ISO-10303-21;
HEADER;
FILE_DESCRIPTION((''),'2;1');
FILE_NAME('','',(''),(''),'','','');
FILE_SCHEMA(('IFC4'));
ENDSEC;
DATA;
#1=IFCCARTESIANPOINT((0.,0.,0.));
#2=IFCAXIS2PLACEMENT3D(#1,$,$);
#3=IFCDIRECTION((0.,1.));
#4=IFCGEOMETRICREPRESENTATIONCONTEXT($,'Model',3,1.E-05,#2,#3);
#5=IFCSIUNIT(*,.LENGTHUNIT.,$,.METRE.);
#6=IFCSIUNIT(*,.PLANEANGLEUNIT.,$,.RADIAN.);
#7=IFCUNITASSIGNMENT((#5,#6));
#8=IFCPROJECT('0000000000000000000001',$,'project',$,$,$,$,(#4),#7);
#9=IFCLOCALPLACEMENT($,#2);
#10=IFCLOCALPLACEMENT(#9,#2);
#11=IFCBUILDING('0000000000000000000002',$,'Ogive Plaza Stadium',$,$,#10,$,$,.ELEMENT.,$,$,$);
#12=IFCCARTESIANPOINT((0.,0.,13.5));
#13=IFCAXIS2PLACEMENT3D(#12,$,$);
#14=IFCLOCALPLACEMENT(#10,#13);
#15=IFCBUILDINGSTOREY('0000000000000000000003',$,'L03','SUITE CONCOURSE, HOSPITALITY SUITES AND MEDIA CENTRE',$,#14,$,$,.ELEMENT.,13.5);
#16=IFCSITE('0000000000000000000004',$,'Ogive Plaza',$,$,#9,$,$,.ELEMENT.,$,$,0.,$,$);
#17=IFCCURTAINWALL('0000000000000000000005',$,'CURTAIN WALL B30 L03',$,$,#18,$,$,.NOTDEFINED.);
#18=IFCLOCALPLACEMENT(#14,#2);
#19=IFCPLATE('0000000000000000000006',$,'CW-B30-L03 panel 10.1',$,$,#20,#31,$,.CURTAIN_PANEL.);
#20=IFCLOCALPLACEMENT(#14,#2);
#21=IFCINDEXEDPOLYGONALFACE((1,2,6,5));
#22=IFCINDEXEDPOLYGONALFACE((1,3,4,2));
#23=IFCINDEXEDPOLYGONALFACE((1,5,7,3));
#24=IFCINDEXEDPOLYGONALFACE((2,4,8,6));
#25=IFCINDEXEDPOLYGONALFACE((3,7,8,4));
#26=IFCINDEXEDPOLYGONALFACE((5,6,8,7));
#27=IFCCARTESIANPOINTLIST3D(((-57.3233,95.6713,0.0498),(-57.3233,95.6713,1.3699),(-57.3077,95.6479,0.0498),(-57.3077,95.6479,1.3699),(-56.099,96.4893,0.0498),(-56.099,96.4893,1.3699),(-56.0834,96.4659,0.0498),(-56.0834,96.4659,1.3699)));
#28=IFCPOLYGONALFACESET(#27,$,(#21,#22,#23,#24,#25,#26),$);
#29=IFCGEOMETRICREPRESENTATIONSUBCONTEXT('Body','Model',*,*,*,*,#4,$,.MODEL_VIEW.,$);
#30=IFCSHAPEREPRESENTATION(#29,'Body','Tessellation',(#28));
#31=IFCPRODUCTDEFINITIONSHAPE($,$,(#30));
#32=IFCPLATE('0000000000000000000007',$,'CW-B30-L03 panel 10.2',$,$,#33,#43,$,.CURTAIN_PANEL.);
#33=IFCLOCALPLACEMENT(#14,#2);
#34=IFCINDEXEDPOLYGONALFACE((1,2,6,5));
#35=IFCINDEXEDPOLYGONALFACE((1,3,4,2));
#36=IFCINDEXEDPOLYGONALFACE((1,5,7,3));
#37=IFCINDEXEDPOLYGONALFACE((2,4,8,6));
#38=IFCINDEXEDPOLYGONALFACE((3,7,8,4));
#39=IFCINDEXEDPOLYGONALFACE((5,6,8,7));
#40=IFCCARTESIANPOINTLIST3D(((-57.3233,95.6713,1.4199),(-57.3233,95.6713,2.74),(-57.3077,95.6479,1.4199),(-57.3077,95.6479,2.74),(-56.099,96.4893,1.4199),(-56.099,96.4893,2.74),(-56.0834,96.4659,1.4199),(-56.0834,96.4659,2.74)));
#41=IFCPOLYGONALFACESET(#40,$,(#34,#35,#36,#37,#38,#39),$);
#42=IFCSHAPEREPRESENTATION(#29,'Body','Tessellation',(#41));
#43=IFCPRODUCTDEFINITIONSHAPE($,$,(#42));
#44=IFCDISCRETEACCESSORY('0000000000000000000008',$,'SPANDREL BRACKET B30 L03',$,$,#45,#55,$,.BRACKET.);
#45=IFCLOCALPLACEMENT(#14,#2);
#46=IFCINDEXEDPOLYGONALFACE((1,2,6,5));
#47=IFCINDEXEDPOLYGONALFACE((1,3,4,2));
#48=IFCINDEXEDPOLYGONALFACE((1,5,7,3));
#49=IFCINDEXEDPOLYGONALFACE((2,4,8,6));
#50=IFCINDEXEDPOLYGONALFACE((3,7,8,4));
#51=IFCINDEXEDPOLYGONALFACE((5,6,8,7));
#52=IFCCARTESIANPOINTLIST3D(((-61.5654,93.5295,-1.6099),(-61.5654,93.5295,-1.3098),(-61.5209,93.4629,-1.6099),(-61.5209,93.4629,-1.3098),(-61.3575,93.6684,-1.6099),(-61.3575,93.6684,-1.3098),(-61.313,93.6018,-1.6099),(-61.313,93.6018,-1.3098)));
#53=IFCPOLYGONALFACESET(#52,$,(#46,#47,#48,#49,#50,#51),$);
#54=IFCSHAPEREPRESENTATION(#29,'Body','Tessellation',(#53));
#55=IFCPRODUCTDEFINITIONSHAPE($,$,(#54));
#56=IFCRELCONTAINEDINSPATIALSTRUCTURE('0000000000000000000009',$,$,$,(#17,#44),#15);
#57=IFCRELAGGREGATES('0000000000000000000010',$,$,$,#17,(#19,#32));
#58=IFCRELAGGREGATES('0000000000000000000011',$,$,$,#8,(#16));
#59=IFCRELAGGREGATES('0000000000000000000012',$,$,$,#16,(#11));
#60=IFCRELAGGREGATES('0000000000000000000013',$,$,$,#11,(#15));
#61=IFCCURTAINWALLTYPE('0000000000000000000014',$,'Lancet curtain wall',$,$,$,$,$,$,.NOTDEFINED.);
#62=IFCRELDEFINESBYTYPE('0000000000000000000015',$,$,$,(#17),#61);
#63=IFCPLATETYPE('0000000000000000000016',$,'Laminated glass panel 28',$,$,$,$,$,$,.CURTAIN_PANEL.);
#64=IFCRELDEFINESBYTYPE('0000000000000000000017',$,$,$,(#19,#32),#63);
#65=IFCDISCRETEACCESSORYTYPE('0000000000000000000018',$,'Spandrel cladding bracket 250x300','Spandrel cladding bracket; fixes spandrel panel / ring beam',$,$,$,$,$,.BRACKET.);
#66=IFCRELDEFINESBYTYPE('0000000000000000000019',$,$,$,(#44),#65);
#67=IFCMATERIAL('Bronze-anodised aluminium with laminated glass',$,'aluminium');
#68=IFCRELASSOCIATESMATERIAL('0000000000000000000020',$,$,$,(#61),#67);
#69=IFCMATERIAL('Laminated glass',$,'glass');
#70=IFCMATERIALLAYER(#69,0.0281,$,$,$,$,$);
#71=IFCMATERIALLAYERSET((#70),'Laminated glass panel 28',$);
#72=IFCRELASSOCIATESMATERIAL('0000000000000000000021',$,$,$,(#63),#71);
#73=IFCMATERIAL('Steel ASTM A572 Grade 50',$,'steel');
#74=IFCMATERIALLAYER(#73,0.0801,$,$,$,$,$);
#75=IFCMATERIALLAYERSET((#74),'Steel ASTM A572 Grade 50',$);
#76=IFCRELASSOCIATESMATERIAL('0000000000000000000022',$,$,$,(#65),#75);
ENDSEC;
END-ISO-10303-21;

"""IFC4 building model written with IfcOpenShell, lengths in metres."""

from ifc_helpers import new_model, si_unit, direction, frame, origin, origin_2d, place, context, subcontext, project, spatial, rectangle, extrude, material, layer, layer_set, type_object, element, aggregate, save


model = new_model("IFC4")

# Units and contexts
model_context = context("Model", 3, precision=1e-05, world=origin(), true_north=direction((0.0, 1.0)))
body_context = subcontext(model_context, "Body", "Model", "MODEL_VIEW")
ifc_project = project(units=[si_unit("LENGTHUNIT", "METRE"), si_unit("PLANEANGLEUNIT", "RADIAN")], contexts=[model_context])

# Site, building, storey
site_placement = place(None, origin())
site = spatial("IfcSite", under=ifc_project, at=site_placement, Name="Ogive Plaza", CompositionType="ELEMENT", RefElevation=0.0)
building_placement = place(site_placement, origin())
building = spatial("IfcBuilding", under=site, at=building_placement, Name="Ogive Plaza Stadium", CompositionType="ELEMENT")
storey_placement = place(building_placement, frame((0.0, 0.0, 13.5)))
storey = spatial("IfcBuildingStorey", under=building, at=storey_placement, Name="L03", Description="SUITE CONCOURSE, HOSPITALITY SUITES AND MEDIA CENTRE", CompositionType="ELEMENT", Elevation=13.5)

# Curtain wall
ifc_material_1 = material(Name="Bronze-anodised aluminium with laminated glass", Category="aluminium")
curtain_wall_type = type_object("IfcCurtainWallType", Name="Lancet curtain wall", PredefinedType="NOTDEFINED", material=ifc_material_1)
curtain_wall_placement = place(storey_placement, origin())
curtain_wall = element("IfcCurtainWall", 1, at=curtain_wall_placement, inside=storey, type_object=curtain_wall_type, Name="CURTAIN WALL B30 L03", PredefinedType="NOTDEFINED")

# Plates
ifc_material_2 = material(Name="Laminated glass", Category="glass")
ifc_layer_1 = layer(ifc_material_2, 0.0281)
ifc_layer_set_1 = layer_set([ifc_layer_1], Name="Laminated glass panel 28")
plate_type = type_object("IfcPlateType", Name="Laminated glass panel 28", PredefinedType="CURTAIN_PANEL", material=ifc_layer_set_1)
plate_1_placement = place(storey_placement, frame((-56.7034, 96.0686, 0.0498), z_axis=(0.0, 0.0, 1.0), x_axis=(0.83147, 0.55557, 0.0)))
plate_1 = element("IfcPlate", 2, at=plate_1_placement, type_object=plate_type, Name="CW-B30-L03 panel 10.1", PredefinedType="CURTAIN_PANEL", context=body_context, shape_type="SweptSolid", body=[
    extrude(rectangle(XDim=1.4724, YDim=0.0281, at=origin_2d()), origin(), (0.0, 0.0, 1.0), 1.3201),
])
plate_2_placement = place(storey_placement, frame((-56.7034, 96.0686, 1.4199), z_axis=(0.0, 0.0, 1.0), x_axis=(0.83147, 0.55557, 0.0)))
plate_2 = element("IfcPlate", 3, at=plate_2_placement, type_object=plate_type, Name="CW-B30-L03 panel 10.2", PredefinedType="CURTAIN_PANEL", context=body_context, shape_type="SweptSolid", body=[
    extrude(rectangle(XDim=1.4724, YDim=0.0281, at=origin_2d()), origin(), (0.0, 0.0, 1.0), 1.3201),
])
aggregate(curtain_wall, [plate_1, plate_2])

# Discrete accessory
ifc_material_3 = material(Name="Steel ASTM A572 Grade 50", Category="steel")
ifc_layer_2 = layer(ifc_material_3, 0.0801)
ifc_layer_set_2 = layer_set([ifc_layer_2], Name="Steel ASTM A572 Grade 50")
discrete_accessory_type = type_object("IfcDiscreteAccessoryType", Name="Spandrel cladding bracket 250x300", Description="Spandrel cladding bracket; fixes spandrel panel / ring beam", PredefinedType="BRACKET", material=ifc_layer_set_2)
discrete_accessory_placement = place(storey_placement, frame((-61.4392, 93.5657, -1.6099), z_axis=(0.0, 0.0, 1.0), x_axis=(0.83147, 0.55557, 0.0)))
element("IfcDiscreteAccessory", 4, at=discrete_accessory_placement, inside=storey, type_object=discrete_accessory_type, Name="SPANDREL BRACKET B30 L03", PredefinedType="BRACKET", context=body_context, shape_type="SweptSolid", body=[
    extrude(rectangle(XDim=0.25, YDim=0.0801, at=origin_2d()), origin(), (0.0, 0.0, 1.0), 0.3),
])

save(model, "model.ifc")
